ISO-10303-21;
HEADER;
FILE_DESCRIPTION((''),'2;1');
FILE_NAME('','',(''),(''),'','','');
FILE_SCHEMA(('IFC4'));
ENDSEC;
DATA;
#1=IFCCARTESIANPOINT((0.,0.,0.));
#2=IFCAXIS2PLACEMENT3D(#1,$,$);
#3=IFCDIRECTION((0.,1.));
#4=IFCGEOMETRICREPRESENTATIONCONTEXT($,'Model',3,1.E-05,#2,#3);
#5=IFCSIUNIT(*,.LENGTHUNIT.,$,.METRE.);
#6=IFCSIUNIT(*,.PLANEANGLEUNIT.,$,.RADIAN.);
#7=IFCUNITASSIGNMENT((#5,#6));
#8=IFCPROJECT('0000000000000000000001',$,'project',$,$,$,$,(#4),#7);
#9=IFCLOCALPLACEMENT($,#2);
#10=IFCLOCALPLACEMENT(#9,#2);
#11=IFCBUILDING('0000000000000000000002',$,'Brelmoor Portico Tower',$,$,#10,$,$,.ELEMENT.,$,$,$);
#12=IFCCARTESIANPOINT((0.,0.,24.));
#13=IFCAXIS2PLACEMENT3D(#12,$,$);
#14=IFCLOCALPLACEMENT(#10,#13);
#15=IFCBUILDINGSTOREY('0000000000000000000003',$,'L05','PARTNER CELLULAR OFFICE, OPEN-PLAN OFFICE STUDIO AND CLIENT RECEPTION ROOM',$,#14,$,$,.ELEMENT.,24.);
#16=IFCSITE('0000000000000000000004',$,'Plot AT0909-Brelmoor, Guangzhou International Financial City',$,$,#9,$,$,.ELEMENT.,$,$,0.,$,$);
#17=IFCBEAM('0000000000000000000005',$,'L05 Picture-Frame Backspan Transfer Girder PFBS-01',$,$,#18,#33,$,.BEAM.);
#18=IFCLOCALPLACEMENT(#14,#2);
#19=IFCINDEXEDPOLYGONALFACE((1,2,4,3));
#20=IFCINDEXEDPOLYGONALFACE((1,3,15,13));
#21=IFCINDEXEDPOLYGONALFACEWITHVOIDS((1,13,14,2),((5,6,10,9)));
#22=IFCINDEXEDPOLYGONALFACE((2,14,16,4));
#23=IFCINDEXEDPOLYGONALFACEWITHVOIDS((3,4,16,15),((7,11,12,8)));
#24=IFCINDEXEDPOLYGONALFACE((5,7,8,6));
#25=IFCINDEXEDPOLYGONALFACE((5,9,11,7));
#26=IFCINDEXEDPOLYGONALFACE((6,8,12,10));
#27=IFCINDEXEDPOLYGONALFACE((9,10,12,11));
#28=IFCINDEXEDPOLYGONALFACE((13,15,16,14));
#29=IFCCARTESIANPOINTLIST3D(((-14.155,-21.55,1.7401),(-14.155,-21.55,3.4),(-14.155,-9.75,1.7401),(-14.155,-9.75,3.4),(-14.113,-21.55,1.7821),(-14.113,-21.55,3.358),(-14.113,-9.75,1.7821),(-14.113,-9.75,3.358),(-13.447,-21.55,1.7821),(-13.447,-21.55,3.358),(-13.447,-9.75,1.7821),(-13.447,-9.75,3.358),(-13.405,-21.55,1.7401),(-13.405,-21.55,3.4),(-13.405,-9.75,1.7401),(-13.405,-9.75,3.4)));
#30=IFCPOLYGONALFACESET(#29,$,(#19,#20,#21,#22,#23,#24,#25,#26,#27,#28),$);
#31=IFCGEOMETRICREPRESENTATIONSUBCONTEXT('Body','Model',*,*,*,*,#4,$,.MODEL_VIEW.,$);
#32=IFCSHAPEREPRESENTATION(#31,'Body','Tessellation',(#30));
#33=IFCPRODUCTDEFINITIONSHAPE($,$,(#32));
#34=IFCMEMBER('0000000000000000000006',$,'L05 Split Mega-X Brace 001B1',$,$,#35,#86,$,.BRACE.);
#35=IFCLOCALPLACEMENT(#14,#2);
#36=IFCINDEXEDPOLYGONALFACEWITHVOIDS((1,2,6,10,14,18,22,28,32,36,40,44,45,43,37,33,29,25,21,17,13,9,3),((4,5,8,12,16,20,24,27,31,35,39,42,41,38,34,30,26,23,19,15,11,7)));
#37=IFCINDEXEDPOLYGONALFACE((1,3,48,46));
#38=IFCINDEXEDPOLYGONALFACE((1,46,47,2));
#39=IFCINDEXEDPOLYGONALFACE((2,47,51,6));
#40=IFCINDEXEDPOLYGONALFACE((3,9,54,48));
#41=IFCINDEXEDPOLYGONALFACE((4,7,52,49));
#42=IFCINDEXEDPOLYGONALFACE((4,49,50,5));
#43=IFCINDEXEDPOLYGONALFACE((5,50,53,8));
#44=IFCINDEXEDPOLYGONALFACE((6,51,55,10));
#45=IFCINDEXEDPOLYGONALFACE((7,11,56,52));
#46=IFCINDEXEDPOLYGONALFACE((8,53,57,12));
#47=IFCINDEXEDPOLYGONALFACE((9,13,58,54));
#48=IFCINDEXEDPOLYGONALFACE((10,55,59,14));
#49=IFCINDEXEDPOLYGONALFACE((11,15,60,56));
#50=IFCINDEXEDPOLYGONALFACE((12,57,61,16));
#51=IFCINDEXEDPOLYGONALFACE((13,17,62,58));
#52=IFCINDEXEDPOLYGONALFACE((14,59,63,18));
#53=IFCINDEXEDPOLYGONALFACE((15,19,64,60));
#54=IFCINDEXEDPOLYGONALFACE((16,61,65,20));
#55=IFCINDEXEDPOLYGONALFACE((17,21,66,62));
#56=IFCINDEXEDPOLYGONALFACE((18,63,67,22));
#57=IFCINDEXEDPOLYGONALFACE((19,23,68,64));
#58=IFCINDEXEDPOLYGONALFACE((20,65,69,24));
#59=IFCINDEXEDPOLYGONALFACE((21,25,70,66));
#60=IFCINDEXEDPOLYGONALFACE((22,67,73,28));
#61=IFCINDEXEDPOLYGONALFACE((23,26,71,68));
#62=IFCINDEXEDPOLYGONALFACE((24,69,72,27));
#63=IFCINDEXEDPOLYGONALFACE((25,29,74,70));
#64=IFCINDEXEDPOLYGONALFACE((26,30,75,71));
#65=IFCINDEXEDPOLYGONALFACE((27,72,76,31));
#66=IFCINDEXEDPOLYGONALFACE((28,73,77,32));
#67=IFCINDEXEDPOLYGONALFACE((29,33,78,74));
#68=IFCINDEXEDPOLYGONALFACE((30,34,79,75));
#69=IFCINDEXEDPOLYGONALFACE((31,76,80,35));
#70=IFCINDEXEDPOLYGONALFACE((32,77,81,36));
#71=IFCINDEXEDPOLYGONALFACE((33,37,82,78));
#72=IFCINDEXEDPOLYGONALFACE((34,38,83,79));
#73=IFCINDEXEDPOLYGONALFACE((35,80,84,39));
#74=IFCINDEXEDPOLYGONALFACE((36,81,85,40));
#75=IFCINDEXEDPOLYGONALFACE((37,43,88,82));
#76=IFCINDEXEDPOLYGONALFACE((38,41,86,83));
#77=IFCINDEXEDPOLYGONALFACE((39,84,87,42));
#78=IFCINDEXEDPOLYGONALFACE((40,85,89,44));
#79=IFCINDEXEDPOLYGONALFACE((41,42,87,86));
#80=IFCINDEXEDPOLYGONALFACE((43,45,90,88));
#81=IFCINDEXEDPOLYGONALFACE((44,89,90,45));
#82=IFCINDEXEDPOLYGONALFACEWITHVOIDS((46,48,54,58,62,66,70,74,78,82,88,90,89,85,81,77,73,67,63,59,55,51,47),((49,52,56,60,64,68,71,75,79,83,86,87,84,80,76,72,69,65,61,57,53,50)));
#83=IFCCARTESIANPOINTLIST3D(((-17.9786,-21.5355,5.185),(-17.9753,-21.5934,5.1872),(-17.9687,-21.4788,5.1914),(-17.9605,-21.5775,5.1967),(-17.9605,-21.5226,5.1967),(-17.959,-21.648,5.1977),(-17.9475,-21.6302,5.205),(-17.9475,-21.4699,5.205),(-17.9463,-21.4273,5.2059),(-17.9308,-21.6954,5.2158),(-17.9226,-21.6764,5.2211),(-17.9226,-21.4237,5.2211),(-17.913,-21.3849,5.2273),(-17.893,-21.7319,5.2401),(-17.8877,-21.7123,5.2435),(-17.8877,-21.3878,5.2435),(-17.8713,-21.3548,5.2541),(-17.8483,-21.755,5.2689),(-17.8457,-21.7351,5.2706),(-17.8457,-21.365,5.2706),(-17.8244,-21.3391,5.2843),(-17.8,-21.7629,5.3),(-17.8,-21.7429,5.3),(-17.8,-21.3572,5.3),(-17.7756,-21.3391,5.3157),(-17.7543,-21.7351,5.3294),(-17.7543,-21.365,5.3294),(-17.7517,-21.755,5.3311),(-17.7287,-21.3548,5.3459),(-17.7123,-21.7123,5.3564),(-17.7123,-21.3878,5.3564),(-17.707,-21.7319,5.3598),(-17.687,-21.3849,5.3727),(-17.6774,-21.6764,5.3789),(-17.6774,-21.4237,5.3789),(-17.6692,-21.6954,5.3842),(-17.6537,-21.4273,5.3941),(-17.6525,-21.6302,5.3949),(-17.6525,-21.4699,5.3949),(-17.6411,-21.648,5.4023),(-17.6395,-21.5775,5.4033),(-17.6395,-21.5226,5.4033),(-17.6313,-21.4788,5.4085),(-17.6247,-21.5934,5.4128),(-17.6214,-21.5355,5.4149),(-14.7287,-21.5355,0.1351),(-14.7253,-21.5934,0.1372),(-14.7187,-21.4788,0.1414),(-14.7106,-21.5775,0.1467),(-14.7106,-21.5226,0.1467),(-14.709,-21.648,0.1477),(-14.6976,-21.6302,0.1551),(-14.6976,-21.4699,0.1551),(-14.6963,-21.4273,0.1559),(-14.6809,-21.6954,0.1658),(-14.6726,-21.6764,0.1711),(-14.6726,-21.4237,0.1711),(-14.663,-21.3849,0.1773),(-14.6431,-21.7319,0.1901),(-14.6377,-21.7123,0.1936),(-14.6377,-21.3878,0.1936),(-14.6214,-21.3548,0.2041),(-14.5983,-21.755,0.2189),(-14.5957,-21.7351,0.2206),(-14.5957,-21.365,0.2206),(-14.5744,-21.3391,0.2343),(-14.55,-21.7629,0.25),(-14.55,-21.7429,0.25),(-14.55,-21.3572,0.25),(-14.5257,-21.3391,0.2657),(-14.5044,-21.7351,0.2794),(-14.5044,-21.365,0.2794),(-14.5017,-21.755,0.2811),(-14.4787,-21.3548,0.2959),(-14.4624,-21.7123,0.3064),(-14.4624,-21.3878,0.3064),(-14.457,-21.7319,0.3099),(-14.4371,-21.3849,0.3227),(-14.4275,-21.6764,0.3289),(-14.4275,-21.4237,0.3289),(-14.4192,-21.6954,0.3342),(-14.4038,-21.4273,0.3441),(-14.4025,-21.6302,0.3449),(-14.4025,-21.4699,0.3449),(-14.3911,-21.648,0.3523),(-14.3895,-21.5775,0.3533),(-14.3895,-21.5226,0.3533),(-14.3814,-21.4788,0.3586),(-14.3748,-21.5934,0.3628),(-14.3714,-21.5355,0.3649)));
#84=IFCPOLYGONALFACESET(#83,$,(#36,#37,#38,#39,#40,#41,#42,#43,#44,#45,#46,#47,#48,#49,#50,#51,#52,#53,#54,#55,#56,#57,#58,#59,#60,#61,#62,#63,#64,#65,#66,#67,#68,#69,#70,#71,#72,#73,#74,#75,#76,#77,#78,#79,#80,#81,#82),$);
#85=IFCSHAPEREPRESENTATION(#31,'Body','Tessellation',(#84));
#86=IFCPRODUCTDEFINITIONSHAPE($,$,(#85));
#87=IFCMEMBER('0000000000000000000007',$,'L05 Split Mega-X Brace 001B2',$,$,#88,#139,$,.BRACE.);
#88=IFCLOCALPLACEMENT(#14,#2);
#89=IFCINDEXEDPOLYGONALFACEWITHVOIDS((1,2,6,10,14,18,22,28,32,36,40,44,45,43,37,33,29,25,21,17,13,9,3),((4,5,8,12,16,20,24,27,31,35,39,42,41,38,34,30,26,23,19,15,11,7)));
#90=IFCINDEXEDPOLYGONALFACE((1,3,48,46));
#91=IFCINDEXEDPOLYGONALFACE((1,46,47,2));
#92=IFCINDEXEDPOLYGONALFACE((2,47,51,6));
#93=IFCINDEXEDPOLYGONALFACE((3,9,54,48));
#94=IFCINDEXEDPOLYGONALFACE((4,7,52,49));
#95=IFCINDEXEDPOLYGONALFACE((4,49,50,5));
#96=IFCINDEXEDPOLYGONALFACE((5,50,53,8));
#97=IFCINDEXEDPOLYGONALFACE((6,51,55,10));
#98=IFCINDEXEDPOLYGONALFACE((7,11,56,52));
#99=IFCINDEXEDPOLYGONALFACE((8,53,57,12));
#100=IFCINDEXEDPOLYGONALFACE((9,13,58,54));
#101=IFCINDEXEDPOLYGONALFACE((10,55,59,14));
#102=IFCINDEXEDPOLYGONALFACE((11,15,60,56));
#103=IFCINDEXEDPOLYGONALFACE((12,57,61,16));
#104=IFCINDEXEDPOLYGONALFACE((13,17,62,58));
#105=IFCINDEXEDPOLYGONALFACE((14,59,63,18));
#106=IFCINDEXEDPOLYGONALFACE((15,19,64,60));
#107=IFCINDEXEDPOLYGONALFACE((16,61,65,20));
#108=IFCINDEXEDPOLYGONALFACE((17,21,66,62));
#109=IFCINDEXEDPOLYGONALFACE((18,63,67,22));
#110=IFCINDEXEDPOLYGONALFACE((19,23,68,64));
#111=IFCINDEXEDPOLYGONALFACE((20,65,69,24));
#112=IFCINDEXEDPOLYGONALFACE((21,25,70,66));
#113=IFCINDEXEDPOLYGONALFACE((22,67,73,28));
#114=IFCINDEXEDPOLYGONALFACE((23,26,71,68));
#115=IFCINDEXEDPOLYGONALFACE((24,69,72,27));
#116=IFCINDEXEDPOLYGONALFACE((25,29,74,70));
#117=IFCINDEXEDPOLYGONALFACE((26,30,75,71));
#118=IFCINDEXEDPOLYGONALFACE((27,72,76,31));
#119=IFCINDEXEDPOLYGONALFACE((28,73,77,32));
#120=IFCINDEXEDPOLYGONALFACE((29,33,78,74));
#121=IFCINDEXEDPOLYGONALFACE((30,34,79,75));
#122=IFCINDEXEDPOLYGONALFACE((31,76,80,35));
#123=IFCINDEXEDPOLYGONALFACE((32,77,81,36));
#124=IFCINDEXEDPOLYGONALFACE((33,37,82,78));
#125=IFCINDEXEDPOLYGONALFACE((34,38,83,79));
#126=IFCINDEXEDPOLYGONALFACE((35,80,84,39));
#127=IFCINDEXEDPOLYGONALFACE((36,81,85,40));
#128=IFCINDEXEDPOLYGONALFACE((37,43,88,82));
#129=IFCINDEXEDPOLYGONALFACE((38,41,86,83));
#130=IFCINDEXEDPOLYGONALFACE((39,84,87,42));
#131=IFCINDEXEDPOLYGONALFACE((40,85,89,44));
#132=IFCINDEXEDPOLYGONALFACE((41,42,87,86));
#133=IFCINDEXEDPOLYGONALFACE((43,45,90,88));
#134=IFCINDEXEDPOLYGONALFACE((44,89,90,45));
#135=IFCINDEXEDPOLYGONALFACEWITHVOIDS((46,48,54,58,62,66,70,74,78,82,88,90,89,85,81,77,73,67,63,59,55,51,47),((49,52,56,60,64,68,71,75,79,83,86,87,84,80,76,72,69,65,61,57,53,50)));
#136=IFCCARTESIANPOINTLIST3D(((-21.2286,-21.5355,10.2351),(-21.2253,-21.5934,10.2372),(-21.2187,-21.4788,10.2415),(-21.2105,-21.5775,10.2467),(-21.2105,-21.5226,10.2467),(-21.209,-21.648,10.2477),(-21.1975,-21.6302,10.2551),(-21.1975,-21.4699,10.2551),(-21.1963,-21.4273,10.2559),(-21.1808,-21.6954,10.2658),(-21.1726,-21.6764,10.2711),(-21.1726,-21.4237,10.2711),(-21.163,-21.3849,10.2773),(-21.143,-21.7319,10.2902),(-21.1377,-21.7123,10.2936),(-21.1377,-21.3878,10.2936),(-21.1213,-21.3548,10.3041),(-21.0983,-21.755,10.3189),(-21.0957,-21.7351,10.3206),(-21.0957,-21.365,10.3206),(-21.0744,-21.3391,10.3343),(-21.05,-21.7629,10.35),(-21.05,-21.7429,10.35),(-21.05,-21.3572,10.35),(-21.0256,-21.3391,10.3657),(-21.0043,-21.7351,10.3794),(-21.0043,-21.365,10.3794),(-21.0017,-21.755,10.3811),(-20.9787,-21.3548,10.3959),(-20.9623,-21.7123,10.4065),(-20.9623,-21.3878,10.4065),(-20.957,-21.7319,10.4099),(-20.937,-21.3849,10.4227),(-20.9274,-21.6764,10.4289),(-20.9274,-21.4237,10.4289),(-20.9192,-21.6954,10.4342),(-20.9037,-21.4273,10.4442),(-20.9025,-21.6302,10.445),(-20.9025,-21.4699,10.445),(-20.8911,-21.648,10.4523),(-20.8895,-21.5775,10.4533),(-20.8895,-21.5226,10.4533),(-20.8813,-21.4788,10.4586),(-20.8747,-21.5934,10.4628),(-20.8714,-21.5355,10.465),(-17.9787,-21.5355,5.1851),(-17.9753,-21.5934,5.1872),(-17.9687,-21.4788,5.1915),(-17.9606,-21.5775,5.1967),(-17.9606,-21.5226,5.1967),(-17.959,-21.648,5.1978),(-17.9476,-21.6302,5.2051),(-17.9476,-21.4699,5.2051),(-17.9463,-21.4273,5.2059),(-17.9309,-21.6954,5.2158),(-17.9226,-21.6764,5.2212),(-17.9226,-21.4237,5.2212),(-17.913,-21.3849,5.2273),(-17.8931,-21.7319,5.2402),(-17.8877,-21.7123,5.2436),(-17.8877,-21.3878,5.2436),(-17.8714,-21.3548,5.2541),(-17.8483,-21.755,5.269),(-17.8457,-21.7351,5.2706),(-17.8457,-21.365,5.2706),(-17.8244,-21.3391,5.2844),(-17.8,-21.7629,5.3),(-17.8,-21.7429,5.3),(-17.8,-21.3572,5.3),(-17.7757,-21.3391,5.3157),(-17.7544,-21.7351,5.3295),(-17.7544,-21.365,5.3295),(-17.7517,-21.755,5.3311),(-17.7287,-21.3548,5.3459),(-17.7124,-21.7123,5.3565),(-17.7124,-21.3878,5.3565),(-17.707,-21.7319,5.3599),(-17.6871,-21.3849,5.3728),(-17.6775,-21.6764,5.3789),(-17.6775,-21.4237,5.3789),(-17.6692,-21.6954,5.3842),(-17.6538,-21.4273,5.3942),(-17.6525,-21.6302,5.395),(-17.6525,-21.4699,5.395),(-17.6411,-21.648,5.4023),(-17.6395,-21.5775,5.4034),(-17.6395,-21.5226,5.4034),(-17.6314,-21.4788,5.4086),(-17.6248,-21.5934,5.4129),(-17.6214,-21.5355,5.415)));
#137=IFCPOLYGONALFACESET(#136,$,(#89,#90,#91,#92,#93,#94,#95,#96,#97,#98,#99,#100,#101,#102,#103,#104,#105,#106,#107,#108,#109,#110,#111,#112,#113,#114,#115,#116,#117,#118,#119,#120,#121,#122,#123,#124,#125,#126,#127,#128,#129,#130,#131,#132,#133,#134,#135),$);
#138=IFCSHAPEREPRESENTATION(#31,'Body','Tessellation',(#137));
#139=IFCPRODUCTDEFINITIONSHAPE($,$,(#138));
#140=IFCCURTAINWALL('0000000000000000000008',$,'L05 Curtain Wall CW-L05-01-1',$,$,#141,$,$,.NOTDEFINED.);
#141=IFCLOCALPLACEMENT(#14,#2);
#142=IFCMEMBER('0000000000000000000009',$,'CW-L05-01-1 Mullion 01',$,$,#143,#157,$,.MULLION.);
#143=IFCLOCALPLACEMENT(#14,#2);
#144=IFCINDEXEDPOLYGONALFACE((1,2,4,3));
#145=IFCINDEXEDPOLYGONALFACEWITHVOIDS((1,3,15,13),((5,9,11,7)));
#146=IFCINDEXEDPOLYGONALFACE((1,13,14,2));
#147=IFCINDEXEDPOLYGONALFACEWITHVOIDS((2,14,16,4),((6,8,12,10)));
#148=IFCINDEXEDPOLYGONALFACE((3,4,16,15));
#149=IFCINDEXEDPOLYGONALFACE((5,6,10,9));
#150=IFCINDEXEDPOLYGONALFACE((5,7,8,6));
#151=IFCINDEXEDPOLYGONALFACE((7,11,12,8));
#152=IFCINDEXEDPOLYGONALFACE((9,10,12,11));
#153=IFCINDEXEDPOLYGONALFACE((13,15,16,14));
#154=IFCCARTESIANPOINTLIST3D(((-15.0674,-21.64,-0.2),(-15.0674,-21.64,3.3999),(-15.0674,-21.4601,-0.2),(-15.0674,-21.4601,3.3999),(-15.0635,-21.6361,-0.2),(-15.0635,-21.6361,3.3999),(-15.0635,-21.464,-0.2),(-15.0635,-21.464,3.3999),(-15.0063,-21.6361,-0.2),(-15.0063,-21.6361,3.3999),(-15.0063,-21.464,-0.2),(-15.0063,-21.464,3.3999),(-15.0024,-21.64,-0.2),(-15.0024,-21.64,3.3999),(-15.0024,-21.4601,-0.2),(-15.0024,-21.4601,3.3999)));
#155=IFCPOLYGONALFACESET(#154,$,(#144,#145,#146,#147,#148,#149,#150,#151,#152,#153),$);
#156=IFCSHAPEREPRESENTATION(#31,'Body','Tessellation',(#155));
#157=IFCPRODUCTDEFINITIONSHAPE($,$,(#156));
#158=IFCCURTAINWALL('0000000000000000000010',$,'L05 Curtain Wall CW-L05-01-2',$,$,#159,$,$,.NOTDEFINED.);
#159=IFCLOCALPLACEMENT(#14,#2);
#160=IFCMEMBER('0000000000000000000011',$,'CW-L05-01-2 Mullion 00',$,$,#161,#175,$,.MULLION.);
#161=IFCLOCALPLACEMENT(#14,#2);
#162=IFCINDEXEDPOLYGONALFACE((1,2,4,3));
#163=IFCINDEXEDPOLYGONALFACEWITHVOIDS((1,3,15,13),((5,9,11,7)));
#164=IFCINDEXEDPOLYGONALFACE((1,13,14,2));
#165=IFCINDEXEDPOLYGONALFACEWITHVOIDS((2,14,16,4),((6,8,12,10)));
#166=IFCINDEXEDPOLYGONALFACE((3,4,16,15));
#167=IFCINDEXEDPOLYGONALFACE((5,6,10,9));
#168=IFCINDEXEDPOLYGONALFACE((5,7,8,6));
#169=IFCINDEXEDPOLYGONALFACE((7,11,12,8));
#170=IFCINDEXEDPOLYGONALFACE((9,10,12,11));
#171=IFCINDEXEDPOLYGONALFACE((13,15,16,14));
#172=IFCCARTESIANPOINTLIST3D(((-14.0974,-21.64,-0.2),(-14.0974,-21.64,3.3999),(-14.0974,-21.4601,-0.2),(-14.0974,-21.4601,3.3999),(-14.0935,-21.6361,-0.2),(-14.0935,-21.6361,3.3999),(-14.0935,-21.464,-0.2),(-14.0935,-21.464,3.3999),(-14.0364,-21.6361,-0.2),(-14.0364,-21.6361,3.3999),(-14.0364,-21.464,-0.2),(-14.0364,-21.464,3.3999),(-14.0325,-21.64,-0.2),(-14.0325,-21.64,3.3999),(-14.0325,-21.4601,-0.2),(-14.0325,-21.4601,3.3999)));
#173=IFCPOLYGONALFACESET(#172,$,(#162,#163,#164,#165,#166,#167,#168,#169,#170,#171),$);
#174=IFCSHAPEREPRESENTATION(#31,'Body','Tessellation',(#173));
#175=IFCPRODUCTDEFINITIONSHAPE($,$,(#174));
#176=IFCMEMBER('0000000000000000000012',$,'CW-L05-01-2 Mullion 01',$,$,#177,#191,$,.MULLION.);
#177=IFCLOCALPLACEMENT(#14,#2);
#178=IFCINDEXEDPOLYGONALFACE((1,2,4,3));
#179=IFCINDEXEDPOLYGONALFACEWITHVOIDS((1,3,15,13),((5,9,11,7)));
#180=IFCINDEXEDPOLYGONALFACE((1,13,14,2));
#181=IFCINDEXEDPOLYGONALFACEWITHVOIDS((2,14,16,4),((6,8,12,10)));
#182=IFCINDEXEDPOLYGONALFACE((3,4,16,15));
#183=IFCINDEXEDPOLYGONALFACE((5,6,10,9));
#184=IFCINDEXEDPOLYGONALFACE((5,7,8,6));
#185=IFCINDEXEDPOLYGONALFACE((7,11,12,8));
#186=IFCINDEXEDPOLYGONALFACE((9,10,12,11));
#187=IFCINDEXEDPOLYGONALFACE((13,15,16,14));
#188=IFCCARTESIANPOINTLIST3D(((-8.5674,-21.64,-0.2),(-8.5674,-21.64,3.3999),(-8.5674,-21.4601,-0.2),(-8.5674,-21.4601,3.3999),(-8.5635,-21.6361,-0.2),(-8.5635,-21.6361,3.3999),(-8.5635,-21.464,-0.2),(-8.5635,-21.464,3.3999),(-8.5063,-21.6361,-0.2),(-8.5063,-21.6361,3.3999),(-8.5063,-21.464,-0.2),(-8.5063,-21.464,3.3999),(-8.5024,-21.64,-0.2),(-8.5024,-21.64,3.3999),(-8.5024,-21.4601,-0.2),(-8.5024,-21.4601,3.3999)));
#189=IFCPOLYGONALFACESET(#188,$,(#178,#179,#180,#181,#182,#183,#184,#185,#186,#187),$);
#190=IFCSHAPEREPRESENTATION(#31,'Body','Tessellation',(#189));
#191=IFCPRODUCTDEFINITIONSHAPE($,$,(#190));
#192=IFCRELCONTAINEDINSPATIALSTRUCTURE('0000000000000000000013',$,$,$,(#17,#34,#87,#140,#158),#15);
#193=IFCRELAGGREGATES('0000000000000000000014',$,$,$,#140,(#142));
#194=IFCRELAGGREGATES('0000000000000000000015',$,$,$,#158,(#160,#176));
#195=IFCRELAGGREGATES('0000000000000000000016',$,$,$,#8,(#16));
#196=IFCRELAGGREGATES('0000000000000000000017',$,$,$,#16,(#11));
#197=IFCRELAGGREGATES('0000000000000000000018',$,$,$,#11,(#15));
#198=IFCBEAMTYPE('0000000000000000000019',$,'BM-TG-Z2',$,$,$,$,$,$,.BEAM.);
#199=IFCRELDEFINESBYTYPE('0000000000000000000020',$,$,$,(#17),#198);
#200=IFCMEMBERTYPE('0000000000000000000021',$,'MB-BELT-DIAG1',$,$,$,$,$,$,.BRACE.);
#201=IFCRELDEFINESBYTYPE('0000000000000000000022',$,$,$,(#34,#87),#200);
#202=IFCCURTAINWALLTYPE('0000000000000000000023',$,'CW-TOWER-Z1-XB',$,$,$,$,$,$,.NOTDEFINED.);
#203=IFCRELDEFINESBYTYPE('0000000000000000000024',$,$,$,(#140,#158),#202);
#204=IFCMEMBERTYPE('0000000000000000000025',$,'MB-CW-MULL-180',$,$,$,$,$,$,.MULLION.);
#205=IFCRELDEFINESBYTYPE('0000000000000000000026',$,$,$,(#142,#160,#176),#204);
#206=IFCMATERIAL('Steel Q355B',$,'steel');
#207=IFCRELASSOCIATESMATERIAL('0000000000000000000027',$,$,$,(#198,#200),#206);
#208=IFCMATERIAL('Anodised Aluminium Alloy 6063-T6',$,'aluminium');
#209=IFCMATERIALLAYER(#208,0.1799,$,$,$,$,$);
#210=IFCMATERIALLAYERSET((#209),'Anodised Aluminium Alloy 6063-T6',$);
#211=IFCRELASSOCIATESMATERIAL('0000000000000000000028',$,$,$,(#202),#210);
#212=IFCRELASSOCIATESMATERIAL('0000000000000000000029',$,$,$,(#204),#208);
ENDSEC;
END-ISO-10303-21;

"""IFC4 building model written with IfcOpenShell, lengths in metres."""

from ifc_helpers import new_model, si_unit, direction, frame, origin, origin_2d, place, context, subcontext, project, spatial, hollow_rectangle, hollow_circle, extrude, material, layer, layer_set, material_profile, profile_set, type_object, element, aggregate, save


model = new_model("IFC4")

# Units and contexts
model_context = context("Model", 3, precision=1e-05, world=origin(), true_north=direction((0.0, 1.0)))
body_context = subcontext(model_context, "Body", "Model", "MODEL_VIEW")
ifc_project = project(units=[si_unit("LENGTHUNIT", "METRE"), si_unit("PLANEANGLEUNIT", "RADIAN")], contexts=[model_context])

# Site, building, storey
site_placement = place(None, origin())
site = spatial("IfcSite", under=ifc_project, at=site_placement, Name="Plot AT0909-Brelmoor, Guangzhou International Financial City", CompositionType="ELEMENT", RefElevation=0.0)
building_placement = place(site_placement, origin())
building = spatial("IfcBuilding", under=site, at=building_placement, Name="Brelmoor Portico Tower", CompositionType="ELEMENT")
storey_placement = place(building_placement, frame((0.0, 0.0, 24.0)))
storey = spatial("IfcBuildingStorey", under=building, at=storey_placement, Name="L05", Description="PARTNER CELLULAR OFFICE, OPEN-PLAN OFFICE STUDIO AND CLIENT RECEPTION ROOM", CompositionType="ELEMENT", Elevation=24.0)

# Beam
ifc_material_1 = material(Name="Steel Q355B", Category="steel")
ifc_material_profile_1 = material_profile(ifc_material_1, hollow_rectangle(XDim=0.75, YDim=1.6599, WallThickness=0.042, at=origin_2d()), Name="BOX 750x1660x42")
ifc_profile_set_1 = profile_set([ifc_material_profile_1], Name="Steel Q355B")
beam_type_1 = type_object("IfcBeamType", Name="BM-TG-Z2", PredefinedType="BEAM", material=ifc_profile_set_1)
beam_1_placement = place(storey_placement, frame((-13.78, -21.55, 2.5701), z_axis=(0.0, 1.0, 0.0), x_axis=(-1.0, 0.0, 0.0)))
element("IfcBeam", 1, at=beam_1_placement, inside=storey, type_object=beam_type_1, Name="L05 Picture-Frame Backspan Transfer Girder PFBS-01", PredefinedType="BEAM", context=body_context, shape_type="SweptSolid", body=[
    extrude(hollow_rectangle(XDim=0.75, YDim=1.6599, WallThickness=0.042, at=origin_2d()), origin(), (0.0, 0.0, 1.0), 11.8),
])

# Members
ifc_material_profile_2 = material_profile(ifc_material_1, hollow_circle(Radius=0.2129, WallThickness=0.02, at=origin_2d()), Name="CHS 426x20")
ifc_profile_set_2 = profile_set([ifc_material_profile_2], Name="Steel Q355B")
member_type_1 = type_object("IfcMemberType", Name="MB-BELT-DIAG1", PredefinedType="BRACE", material=ifc_profile_set_2)
for number, where, z_axis, x_axis, name in (
    (2, (-14.55, -21.55, 0.25), (-0.541175, 0.0, 0.84091), (0.0, -1.0, 0.0), "L05 Split Mega-X Brace 001B1"),
    (3, (-17.8, -21.55, 5.3), (-0.541175, 0.0, 0.84091), (0.0, -1.0, 0.0), "L05 Split Mega-X Brace 001B2"),
):
    element("IfcMember", number, at=place(storey_placement, frame(where, z_axis=z_axis, x_axis=x_axis)), inside=storey, type_object=member_type_1, Name=name, PredefinedType="BRACE", context=body_context, shape_type="SweptSolid", body=[
        extrude(hollow_circle(Radius=0.2129, WallThickness=0.02, at=origin_2d()), origin(), (0.0, 0.0, 1.0), 6.0054),
    ])

# Curtain wall, member
ifc_material_2 = material(Name="Anodised Aluminium Alloy 6063-T6", Category="aluminium")
ifc_layer_1 = layer(ifc_material_2, 0.1799)
ifc_layer_set_1 = layer_set([ifc_layer_1], Name="Anodised Aluminium Alloy 6063-T6")
curtain_wall_type = type_object("IfcCurtainWallType", Name="CW-TOWER-Z1-XB", PredefinedType="NOTDEFINED", material=ifc_layer_set_1)
curtain_wall_1_placement = place(storey_placement, origin())
curtain_wall_1 = element("IfcCurtainWall", 4, at=curtain_wall_1_placement, inside=storey, type_object=curtain_wall_type, Name="L05 Curtain Wall CW-L05-01-1", PredefinedType="NOTDEFINED")
ifc_material_profile_3 = material_profile(ifc_material_2, hollow_rectangle(XDim=0.0649, YDim=0.1799, WallThickness=0.0039, at=origin_2d()), Name="ALU MULLION 65x180")
ifc_profile_set_3 = profile_set([ifc_material_profile_3], Name="Anodised Aluminium Alloy 6063-T6")
member_type_2 = type_object("IfcMemberType", Name="MB-CW-MULL-180", PredefinedType="MULLION", material=ifc_profile_set_3)
member_1_placement = place(storey_placement, frame((-15.0349, -21.55, -0.2), z_axis=(0.0, 0.0, 1.0), x_axis=(1.0, 0.0, 0.0)))
member_1 = element("IfcMember", 5, at=member_1_placement, type_object=member_type_2, Name="CW-L05-01-1 Mullion 01", PredefinedType="MULLION", context=body_context, shape_type="SweptSolid", body=[
    extrude(hollow_rectangle(XDim=0.0649, YDim=0.1799, WallThickness=0.0039, at=origin_2d()), origin(), (0.0, 0.0, 1.0), 3.5999),
])

# Curtain wall, members
curtain_wall_2_placement = place(storey_placement, origin())
curtain_wall_2 = element("IfcCurtainWall", 6, at=curtain_wall_2_placement, inside=storey, type_object=curtain_wall_type, Name="L05 Curtain Wall CW-L05-01-2", PredefinedType="NOTDEFINED")
member_2_placement = place(storey_placement, frame((-14.0649, -21.55, -0.2), z_axis=(0.0, 0.0, 1.0), x_axis=(1.0, 0.0, 0.0)))
member_2 = element("IfcMember", 7, at=member_2_placement, type_object=member_type_2, Name="CW-L05-01-2 Mullion 00", PredefinedType="MULLION", context=body_context, shape_type="SweptSolid", body=[
    extrude(hollow_rectangle(XDim=0.0649, YDim=0.1799, WallThickness=0.0039, at=origin_2d()), origin(), (0.0, 0.0, 1.0), 3.5999),
])
member_3_placement = place(storey_placement, frame((-8.5349, -21.55, -0.2), z_axis=(0.0, 0.0, 1.0), x_axis=(1.0, 0.0, 0.0)))
member_3 = element("IfcMember", 8, at=member_3_placement, type_object=member_type_2, Name="CW-L05-01-2 Mullion 01", PredefinedType="MULLION", context=body_context, shape_type="SweptSolid", body=[
    extrude(hollow_rectangle(XDim=0.0649, YDim=0.1799, WallThickness=0.0039, at=origin_2d()), origin(), (0.0, 0.0, 1.0), 3.5999),
])

aggregate(curtain_wall_1, [member_1])
aggregate(curtain_wall_2, [member_2, member_3])

save(model, "model.ifc")
